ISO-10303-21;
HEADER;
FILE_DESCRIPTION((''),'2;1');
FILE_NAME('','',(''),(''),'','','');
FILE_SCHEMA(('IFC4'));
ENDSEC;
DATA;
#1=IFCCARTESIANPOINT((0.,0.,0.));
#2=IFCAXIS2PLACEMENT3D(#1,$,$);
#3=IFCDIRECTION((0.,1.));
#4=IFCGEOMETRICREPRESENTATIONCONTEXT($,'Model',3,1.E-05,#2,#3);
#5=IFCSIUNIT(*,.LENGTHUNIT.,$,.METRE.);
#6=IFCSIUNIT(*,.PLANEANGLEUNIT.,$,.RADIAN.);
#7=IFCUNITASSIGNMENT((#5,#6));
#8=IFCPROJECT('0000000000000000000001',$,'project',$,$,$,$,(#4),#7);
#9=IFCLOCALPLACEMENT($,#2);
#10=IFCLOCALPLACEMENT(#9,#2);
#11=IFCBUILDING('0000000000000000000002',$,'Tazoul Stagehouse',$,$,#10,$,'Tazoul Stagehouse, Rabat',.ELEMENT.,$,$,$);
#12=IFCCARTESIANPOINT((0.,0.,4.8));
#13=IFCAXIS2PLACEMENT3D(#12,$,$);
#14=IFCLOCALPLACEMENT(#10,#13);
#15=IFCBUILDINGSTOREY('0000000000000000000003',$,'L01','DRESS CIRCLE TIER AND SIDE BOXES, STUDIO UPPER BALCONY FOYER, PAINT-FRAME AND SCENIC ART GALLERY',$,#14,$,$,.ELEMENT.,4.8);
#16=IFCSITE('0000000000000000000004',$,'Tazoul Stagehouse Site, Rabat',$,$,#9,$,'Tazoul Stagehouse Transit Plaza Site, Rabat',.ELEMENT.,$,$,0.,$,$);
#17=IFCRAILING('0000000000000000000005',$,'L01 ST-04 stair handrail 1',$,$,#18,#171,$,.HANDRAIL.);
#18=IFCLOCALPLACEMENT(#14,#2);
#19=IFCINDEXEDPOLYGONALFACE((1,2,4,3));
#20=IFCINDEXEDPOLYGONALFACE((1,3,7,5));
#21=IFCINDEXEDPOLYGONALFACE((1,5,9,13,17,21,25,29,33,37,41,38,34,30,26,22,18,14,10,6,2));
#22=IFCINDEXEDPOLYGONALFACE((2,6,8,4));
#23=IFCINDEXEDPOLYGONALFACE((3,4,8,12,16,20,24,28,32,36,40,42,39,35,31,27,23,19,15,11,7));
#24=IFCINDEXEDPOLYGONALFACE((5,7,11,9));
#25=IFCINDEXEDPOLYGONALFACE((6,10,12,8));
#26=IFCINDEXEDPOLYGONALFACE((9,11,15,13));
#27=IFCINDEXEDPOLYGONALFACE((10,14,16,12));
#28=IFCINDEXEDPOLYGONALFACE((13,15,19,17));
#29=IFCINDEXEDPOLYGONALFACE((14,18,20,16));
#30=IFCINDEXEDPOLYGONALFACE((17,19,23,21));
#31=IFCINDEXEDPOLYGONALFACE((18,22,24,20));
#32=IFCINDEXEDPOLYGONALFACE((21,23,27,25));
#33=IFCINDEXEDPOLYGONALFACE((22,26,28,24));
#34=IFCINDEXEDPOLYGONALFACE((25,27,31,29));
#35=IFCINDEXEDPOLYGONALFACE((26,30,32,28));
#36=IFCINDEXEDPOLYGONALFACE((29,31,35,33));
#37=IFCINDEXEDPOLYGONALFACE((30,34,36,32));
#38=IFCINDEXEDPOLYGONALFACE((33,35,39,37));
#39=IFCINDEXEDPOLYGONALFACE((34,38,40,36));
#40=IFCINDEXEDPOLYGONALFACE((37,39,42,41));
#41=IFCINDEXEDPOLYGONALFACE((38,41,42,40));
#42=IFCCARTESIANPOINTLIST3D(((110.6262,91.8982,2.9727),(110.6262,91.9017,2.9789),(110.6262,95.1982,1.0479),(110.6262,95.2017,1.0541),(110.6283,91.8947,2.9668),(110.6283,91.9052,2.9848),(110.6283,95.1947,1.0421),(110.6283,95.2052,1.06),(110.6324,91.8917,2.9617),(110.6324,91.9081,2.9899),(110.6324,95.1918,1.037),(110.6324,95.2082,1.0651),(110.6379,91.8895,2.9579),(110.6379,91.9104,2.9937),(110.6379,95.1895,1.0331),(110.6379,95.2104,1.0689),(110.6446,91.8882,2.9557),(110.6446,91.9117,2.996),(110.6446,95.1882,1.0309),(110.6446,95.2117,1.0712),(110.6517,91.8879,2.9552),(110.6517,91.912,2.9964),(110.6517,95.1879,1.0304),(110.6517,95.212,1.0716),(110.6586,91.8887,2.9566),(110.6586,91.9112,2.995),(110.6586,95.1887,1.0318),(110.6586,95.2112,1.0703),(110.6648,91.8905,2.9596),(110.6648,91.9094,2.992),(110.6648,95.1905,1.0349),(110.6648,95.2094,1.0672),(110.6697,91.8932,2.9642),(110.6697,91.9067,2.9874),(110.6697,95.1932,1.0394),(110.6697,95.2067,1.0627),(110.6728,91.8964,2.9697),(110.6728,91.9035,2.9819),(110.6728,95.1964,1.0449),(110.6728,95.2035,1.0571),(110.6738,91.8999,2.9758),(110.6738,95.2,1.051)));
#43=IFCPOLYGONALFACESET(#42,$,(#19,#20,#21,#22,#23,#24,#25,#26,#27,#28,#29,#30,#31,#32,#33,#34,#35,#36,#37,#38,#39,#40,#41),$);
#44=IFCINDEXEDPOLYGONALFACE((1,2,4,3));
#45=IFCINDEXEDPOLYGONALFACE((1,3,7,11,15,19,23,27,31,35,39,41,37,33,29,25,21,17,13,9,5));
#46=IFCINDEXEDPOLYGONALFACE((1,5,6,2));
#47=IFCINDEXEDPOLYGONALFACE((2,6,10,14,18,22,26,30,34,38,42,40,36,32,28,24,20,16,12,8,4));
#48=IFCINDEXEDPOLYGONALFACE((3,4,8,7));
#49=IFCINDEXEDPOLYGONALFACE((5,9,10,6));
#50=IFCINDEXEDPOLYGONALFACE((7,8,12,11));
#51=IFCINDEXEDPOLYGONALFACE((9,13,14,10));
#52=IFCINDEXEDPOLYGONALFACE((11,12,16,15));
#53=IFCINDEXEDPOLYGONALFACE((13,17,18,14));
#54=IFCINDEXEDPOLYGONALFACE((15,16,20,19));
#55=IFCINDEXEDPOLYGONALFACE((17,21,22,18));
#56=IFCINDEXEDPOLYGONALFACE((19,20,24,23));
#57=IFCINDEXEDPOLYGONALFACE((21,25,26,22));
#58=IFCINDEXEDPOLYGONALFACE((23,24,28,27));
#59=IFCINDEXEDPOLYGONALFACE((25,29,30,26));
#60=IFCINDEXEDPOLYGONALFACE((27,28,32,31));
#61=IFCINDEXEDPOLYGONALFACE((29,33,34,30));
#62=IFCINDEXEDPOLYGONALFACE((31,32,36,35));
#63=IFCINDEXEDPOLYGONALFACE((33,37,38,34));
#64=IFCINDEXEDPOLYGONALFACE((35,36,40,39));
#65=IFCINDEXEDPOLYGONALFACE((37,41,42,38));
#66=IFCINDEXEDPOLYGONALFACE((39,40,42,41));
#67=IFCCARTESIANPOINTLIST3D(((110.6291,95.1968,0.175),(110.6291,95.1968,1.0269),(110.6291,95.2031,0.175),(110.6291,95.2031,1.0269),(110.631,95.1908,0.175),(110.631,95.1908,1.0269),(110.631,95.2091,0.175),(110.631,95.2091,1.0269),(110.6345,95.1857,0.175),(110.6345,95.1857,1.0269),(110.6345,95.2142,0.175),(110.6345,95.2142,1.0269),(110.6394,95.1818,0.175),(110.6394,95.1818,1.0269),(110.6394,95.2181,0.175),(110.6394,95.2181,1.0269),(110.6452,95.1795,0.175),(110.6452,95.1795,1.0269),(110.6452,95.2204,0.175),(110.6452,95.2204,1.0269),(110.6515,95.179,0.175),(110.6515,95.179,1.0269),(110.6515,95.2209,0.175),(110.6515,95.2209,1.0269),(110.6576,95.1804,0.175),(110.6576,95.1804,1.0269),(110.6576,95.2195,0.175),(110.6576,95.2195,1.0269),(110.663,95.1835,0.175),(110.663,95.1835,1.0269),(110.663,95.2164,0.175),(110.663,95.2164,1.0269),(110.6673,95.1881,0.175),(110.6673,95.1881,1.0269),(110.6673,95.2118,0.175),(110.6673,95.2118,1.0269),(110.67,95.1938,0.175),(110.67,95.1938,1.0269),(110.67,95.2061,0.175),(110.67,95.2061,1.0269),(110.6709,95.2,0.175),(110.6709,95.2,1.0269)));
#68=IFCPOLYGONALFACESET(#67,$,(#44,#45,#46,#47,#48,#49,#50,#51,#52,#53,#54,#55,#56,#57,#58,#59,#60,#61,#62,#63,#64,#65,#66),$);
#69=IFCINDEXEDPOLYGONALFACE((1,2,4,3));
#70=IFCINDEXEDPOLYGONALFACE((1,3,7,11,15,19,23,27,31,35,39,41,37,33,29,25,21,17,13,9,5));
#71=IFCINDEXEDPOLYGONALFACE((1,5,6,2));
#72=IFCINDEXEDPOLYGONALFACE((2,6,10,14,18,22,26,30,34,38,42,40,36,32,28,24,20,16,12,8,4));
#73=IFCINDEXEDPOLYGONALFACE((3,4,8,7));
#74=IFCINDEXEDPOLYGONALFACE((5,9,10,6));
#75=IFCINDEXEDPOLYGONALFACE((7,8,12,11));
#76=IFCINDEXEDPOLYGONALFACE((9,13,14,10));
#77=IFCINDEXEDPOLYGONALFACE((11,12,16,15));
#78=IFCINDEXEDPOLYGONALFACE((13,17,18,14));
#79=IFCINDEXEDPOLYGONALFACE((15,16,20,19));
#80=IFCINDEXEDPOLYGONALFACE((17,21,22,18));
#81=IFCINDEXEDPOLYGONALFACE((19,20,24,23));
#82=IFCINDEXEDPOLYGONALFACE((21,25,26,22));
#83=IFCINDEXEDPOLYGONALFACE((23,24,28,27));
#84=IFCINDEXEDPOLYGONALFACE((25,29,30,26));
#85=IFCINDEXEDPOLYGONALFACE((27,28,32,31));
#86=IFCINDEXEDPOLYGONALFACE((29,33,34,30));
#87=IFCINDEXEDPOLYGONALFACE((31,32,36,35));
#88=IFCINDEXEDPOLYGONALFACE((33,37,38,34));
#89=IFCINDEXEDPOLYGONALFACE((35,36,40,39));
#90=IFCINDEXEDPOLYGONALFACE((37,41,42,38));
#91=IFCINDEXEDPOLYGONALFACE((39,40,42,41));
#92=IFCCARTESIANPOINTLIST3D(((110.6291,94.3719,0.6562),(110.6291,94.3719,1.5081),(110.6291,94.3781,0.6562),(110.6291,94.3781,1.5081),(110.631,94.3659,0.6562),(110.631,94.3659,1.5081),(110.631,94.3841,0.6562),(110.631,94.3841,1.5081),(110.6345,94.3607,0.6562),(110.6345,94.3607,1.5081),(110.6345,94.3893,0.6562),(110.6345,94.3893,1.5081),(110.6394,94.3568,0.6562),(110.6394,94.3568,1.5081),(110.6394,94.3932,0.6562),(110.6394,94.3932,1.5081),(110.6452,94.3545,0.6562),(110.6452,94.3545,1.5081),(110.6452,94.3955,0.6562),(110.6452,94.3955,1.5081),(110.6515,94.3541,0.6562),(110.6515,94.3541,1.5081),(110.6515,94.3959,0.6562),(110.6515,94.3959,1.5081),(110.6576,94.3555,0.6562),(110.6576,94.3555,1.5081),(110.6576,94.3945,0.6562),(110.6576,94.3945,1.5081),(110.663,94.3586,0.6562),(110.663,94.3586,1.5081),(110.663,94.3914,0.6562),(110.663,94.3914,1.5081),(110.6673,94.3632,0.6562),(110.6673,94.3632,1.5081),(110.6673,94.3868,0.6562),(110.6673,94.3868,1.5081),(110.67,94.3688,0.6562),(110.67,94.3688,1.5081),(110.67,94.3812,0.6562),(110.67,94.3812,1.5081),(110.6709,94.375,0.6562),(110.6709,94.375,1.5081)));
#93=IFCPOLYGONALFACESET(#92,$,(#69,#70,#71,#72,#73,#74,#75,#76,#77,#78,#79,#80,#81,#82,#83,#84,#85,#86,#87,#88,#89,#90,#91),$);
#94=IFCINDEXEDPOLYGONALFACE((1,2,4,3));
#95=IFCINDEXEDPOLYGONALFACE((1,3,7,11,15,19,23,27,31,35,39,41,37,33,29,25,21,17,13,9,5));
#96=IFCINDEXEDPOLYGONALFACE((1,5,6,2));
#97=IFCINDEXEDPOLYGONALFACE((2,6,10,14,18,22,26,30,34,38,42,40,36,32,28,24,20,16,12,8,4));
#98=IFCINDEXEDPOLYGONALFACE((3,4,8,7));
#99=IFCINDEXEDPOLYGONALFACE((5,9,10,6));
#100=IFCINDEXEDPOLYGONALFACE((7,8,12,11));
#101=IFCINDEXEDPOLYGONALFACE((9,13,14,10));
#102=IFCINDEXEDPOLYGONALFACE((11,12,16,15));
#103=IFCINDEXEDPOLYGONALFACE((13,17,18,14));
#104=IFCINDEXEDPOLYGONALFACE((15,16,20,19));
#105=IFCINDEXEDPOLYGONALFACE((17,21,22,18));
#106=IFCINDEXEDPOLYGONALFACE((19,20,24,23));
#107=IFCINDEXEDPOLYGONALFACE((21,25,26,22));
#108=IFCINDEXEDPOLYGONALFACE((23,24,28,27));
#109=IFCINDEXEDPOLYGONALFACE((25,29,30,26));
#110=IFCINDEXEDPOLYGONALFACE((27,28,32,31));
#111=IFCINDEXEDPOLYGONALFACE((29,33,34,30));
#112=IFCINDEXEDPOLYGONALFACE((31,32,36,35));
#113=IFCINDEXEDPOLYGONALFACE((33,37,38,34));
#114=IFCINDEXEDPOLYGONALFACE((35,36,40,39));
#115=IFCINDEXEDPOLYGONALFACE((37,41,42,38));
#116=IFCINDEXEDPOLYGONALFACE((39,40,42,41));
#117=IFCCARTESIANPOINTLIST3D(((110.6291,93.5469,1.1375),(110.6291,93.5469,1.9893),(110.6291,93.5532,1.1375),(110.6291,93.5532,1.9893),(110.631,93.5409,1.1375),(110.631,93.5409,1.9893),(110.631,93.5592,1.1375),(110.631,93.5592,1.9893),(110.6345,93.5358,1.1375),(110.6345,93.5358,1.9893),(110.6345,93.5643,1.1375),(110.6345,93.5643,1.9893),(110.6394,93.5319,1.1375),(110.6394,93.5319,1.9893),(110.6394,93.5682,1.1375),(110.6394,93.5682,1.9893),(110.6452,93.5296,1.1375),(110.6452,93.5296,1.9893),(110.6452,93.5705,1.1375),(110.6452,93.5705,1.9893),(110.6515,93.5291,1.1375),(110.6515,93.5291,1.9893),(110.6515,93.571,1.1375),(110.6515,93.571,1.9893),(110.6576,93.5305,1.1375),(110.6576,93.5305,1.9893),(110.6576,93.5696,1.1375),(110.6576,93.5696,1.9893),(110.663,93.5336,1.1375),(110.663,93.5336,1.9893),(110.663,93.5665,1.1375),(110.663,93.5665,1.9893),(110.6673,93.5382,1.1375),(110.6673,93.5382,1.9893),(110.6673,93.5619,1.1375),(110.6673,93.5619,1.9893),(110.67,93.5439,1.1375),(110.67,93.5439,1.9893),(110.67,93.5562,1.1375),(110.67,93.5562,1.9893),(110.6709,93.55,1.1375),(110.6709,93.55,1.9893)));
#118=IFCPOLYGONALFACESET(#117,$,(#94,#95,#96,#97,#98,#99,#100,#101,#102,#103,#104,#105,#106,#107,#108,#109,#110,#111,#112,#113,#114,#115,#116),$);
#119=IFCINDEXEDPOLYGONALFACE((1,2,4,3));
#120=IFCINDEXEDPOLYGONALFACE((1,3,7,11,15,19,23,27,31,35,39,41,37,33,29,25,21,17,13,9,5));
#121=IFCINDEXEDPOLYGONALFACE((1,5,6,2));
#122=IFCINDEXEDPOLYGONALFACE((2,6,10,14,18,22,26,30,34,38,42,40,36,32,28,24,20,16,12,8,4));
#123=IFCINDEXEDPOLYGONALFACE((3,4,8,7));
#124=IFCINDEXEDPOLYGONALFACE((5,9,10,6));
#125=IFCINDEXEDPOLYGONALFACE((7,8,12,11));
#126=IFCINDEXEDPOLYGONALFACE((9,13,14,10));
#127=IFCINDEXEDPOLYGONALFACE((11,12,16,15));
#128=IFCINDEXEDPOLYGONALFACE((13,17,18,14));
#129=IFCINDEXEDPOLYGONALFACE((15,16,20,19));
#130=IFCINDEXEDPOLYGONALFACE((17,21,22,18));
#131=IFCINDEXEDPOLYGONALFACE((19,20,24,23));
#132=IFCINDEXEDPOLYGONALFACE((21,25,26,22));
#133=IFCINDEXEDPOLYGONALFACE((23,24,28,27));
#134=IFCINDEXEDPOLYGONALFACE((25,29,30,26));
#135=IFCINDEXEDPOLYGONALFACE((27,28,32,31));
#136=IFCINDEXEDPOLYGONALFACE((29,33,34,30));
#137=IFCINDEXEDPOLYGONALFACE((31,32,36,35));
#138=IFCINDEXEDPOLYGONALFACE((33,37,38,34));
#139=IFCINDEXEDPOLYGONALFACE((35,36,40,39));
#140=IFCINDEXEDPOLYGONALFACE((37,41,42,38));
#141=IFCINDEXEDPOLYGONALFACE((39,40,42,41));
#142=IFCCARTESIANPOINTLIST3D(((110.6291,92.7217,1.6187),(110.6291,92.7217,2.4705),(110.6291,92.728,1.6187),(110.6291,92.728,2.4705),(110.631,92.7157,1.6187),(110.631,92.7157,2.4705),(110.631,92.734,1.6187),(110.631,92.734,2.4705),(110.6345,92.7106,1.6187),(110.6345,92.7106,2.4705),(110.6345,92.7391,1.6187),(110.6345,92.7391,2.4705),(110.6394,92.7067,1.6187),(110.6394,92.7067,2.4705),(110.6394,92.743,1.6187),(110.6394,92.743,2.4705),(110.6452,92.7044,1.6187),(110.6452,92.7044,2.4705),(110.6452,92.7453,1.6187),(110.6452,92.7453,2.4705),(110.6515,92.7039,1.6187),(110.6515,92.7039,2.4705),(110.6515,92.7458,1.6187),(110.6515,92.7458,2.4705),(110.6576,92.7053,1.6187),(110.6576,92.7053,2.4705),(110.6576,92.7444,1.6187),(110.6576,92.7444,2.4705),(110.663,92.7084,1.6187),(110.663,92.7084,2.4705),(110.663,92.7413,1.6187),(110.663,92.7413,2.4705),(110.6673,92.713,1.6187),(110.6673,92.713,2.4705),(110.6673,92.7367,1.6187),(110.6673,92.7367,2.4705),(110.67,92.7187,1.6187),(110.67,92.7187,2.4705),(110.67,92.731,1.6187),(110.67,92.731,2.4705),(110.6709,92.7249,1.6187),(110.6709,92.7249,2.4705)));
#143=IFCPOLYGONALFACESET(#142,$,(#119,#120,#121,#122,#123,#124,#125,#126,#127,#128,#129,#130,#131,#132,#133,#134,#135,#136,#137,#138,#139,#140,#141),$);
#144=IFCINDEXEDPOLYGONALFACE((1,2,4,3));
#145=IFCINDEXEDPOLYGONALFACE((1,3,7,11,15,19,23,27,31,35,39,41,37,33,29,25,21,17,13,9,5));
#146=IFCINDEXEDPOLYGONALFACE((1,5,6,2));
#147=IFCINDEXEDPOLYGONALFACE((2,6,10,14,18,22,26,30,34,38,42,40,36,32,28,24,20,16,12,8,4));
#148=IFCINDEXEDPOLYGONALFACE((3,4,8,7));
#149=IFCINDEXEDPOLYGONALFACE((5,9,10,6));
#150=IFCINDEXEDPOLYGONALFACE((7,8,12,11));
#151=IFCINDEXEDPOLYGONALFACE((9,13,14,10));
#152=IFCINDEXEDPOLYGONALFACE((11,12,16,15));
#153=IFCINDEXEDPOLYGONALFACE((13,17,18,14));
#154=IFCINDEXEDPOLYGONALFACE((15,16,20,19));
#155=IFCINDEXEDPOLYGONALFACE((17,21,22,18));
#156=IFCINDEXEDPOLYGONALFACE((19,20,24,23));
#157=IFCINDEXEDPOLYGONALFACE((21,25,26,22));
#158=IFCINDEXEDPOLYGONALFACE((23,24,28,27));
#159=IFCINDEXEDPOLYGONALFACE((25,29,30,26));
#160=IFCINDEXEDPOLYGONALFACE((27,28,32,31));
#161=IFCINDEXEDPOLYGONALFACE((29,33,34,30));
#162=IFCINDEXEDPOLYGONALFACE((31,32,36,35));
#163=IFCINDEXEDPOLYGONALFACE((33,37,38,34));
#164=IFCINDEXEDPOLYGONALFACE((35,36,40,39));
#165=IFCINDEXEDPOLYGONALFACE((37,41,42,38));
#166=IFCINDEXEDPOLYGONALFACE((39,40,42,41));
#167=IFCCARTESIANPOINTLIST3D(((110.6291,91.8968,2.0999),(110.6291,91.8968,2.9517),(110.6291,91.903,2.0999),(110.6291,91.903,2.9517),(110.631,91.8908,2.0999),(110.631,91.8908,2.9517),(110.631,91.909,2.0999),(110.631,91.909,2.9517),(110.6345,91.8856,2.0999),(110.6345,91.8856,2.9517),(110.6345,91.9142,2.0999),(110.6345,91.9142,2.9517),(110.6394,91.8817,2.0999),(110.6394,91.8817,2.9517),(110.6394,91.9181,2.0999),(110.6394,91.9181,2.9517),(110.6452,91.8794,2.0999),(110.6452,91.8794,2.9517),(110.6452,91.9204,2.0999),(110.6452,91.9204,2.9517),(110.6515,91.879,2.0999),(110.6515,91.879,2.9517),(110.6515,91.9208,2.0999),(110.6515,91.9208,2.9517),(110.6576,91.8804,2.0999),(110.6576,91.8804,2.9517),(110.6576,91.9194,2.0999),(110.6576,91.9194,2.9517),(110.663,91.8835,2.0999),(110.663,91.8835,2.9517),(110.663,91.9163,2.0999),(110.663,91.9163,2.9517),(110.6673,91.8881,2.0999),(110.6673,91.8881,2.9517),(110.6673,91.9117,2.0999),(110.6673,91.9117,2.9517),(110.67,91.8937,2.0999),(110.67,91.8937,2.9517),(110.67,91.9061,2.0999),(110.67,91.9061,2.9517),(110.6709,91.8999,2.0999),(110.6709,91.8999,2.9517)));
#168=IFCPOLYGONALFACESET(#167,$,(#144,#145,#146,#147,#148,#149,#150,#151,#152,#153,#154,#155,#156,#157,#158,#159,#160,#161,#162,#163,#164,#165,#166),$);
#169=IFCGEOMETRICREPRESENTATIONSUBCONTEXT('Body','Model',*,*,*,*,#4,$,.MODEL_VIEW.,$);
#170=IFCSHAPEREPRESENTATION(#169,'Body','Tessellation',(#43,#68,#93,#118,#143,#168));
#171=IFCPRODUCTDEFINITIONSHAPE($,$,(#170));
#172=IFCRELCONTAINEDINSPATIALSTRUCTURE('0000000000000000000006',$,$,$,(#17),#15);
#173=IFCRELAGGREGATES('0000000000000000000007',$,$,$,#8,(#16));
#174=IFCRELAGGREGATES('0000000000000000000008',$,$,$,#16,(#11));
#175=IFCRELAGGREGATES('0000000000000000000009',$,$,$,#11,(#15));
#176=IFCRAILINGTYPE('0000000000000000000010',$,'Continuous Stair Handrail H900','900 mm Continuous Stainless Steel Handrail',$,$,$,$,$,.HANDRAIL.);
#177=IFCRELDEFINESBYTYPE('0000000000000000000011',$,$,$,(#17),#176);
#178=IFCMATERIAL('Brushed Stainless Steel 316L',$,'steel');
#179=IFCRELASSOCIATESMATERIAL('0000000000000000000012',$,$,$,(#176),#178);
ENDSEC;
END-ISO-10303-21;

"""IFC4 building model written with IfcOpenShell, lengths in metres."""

from ifc_helpers import new_model, si_unit, direction, frame, origin, origin_2d, place, context, subcontext, project, spatial, circle, extrude, material, material_profile, profile_set, type_object, element, save


model = new_model("IFC4")

# Units and contexts
model_context = context("Model", 3, precision=1e-05, world=origin(), true_north=direction((0.0, 1.0)))
body_context = subcontext(model_context, "Body", "Model", "MODEL_VIEW")
ifc_project = project(units=[si_unit("LENGTHUNIT", "METRE"), si_unit("PLANEANGLEUNIT", "RADIAN")], contexts=[model_context])

# Site, building, storey
site_placement = place(None, origin())
site = spatial("IfcSite", under=ifc_project, at=site_placement, Name="Tazoul Stagehouse Site, Rabat", LongName="Tazoul Stagehouse Transit Plaza Site, Rabat", CompositionType="ELEMENT", RefElevation=0.0)
building_placement = place(site_placement, origin())
building = spatial("IfcBuilding", under=site, at=building_placement, Name="Tazoul Stagehouse", LongName="Tazoul Stagehouse, Rabat", CompositionType="ELEMENT")
storey_placement = place(building_placement, frame((0.0, 0.0, 4.8)))
storey = spatial("IfcBuildingStorey", under=building, at=storey_placement, Name="L01", Description="DRESS CIRCLE TIER AND SIDE BOXES, STUDIO UPPER BALCONY FOYER, PAINT-FRAME AND SCENIC ART GALLERY", CompositionType="ELEMENT", Elevation=4.8)

# Railing
ifc_material_1 = material(Name="Brushed Stainless Steel 316L", Category="steel")
ifc_material_profile_1 = material_profile(ifc_material_1, circle(Radius=0.021, at=origin_2d()), Name="SS HANDRAIL D42")
ifc_profile_set_1 = profile_set([ifc_material_profile_1], Name="Brushed Stainless Steel 316L")
railing_type_1 = type_object("IfcRailingType", Name="Continuous Stair Handrail H900", Description="900 mm Continuous Stainless Steel Handrail", PredefinedType="HANDRAIL", material=ifc_profile_set_1)
railing_1_placement = place(storey_placement, frame((110.6499, 95.2, 0.175)))
element("IfcRailing", 1, at=railing_1_placement, inside=storey, type_object=railing_type_1, Name="L01 ST-04 stair handrail 1", PredefinedType="HANDRAIL", context=body_context, shape_type="SweptSolid", body=[
    extrude(circle(Radius=0.0239, at=origin_2d()), frame((0.0, 0.0, 0.876), z_axis=(0.0, -0.863804, 0.503827), x_axis=(1.0, 0.0, 0.0)), (0.0, 0.0, 1.0), 3.8203),
    extrude(circle(Radius=0.021, at=origin_2d()), origin(), (0.0, 0.0, 1.0), 0.8518),
    extrude(circle(Radius=0.021, at=origin_2d()), frame((0.0, -0.825, 0.4812)), (0.0, 0.0, 1.0), 0.8518),
    extrude(circle(Radius=0.021, at=origin_2d()), frame((0.0, -1.6499, 0.9624)), (0.0, 0.0, 1.0), 0.8518),
    extrude(circle(Radius=0.021, at=origin_2d()), frame((0.0, -2.4751, 1.4436)), (0.0, 0.0, 1.0), 0.8518),
    extrude(circle(Radius=0.021, at=origin_2d()), frame((0.0, -3.3, 1.9248)), (0.0, 0.0, 1.0), 0.8518),
])

save(model, "model.ifc")
